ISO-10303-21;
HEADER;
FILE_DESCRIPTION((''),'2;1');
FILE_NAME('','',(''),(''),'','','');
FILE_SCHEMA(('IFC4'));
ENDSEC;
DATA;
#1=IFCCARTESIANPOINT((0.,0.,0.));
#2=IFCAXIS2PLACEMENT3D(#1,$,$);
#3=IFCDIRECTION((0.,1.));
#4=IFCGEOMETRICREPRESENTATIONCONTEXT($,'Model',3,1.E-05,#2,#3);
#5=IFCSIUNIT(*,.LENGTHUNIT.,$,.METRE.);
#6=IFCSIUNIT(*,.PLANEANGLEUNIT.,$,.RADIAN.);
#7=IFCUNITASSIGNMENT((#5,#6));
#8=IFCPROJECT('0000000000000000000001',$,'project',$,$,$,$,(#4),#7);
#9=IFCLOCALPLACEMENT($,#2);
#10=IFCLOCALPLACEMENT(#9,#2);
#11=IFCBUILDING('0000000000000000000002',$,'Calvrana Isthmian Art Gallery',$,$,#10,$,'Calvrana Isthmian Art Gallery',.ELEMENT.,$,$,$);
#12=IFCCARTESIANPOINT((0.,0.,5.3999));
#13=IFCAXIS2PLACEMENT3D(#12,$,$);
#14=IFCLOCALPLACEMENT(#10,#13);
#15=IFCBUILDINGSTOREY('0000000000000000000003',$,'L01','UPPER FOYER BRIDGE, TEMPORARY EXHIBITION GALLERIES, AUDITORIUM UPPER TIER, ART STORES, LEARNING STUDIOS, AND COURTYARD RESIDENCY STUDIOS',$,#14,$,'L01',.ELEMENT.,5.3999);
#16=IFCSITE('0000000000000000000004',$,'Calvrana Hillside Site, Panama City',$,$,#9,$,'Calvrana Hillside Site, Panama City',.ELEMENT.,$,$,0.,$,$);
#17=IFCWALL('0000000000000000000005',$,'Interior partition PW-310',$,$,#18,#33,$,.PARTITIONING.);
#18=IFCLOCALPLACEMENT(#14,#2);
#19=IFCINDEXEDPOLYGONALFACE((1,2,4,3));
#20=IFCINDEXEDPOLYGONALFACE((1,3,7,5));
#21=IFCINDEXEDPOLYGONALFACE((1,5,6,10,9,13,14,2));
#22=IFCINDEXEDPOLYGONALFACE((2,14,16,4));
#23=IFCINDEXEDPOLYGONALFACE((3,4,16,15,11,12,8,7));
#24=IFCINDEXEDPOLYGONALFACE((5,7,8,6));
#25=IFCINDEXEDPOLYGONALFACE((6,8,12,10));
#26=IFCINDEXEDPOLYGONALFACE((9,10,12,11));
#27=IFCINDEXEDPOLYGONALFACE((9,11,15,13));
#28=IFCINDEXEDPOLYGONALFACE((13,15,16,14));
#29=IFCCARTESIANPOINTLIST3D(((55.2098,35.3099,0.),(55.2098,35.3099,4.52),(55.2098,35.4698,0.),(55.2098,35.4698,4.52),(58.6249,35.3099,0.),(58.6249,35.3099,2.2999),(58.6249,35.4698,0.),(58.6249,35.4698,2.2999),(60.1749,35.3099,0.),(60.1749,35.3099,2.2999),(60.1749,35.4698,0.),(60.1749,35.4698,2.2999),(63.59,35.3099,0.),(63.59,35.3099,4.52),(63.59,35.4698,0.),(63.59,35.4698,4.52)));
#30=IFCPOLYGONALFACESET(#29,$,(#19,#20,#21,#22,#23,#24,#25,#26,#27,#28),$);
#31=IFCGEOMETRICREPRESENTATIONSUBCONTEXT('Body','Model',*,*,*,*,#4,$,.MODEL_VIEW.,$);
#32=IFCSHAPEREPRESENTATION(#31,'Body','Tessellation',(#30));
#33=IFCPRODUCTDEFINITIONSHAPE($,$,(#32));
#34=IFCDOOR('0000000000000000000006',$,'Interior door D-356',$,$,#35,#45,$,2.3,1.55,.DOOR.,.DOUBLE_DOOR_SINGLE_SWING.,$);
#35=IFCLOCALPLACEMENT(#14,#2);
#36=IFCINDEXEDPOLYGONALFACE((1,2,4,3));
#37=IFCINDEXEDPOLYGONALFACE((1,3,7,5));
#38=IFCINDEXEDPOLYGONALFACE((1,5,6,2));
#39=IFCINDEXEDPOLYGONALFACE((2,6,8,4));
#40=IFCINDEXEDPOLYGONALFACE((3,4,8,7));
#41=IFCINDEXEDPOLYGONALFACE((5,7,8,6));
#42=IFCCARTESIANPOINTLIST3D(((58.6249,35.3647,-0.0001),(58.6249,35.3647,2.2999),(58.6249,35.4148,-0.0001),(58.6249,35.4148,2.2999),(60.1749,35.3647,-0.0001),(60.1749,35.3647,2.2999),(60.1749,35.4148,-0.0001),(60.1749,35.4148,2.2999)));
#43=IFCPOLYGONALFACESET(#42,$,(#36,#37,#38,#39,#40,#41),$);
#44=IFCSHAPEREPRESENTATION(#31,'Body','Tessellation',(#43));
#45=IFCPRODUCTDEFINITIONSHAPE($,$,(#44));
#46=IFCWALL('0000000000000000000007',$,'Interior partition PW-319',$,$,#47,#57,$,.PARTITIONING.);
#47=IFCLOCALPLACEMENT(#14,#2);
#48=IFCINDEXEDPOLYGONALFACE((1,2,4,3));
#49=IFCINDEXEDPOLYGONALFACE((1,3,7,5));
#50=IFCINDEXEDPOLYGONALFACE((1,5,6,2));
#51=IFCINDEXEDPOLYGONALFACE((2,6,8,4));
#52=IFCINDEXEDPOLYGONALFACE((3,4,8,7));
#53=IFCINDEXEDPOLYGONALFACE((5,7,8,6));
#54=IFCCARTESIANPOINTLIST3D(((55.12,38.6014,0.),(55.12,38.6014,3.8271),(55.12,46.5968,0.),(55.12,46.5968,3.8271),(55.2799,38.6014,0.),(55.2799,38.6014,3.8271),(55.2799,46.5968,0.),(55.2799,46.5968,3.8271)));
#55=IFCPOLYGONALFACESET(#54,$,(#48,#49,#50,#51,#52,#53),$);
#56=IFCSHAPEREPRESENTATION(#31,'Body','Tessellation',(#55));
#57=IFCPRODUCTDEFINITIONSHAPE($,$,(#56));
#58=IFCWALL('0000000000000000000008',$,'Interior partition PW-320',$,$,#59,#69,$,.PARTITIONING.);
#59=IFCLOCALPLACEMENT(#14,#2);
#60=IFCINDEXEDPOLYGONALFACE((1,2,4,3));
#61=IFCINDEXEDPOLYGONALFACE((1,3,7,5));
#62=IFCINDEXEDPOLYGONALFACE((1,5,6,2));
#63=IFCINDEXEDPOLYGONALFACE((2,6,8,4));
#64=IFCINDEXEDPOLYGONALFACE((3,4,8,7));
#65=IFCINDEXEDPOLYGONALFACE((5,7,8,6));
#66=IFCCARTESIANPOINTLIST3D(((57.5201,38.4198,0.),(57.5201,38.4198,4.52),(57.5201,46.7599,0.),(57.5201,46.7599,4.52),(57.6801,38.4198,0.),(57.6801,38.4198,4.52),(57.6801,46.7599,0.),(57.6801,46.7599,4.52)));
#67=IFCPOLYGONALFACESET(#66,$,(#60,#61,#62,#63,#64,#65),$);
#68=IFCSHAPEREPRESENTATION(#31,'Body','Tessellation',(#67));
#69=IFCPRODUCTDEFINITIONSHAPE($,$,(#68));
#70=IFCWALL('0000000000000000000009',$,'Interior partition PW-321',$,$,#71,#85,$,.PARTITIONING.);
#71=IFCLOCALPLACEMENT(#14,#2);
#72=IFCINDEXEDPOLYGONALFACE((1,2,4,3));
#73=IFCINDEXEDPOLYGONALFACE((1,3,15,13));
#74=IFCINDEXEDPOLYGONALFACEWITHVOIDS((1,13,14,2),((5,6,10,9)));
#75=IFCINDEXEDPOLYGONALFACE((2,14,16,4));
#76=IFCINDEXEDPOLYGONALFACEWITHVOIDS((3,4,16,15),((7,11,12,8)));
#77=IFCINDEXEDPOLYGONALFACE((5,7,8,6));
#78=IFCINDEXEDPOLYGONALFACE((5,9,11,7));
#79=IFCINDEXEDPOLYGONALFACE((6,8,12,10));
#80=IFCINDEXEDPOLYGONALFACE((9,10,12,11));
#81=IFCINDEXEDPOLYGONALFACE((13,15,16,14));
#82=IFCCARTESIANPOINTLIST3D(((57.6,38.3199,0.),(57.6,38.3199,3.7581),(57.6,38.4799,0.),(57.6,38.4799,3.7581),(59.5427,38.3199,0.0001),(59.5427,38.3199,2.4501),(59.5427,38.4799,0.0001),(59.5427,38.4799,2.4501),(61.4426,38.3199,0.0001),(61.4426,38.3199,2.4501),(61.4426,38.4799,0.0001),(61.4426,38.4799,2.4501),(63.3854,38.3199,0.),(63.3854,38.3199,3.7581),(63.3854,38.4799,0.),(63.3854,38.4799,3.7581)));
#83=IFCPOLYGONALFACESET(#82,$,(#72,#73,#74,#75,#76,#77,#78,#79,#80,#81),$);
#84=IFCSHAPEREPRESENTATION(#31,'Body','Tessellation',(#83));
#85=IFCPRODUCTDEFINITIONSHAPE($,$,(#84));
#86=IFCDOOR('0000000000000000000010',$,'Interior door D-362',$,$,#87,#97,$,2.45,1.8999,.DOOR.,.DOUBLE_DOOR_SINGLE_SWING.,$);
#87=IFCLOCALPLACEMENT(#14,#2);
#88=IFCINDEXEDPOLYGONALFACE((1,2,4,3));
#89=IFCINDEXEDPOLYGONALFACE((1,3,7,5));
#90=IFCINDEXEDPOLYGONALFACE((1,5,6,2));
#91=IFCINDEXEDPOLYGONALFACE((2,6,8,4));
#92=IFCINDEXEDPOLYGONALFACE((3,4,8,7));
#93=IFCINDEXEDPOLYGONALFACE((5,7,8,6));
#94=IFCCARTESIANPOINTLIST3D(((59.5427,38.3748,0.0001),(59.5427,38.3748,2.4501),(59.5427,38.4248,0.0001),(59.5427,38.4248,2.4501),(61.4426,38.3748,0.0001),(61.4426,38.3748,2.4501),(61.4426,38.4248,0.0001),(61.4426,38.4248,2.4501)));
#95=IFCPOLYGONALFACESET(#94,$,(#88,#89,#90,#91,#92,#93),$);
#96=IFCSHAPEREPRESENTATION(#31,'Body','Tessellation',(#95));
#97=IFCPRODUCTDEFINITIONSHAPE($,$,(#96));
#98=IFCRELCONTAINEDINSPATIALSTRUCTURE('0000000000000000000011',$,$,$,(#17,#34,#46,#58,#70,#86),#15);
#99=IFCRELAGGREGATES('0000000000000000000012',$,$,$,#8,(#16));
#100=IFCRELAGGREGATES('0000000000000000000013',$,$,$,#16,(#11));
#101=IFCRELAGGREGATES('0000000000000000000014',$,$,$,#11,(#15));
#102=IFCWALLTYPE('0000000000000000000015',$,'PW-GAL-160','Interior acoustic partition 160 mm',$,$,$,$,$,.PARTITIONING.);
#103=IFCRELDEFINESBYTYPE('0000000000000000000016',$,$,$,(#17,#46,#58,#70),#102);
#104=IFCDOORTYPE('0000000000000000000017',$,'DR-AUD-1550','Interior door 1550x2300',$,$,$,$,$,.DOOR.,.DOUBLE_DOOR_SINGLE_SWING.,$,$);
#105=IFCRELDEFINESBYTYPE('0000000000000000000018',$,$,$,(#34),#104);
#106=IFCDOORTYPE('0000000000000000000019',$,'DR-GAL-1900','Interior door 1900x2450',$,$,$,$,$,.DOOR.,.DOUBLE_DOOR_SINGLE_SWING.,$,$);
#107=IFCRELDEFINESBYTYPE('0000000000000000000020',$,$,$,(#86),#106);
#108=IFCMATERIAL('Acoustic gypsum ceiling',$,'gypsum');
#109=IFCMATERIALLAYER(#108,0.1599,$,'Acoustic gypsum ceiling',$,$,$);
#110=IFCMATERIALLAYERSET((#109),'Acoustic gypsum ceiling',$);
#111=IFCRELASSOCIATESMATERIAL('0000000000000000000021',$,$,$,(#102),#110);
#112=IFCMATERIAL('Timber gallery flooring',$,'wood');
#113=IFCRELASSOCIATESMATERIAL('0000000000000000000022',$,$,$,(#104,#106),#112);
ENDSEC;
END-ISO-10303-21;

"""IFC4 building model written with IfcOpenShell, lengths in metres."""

from ifc_helpers import new_model, si_unit, direction, frame, frame_2d, origin, place, context, subcontext, project, spatial, rectangle, extrude, material, layer, layer_set, type_object, element, fill, save


model = new_model("IFC4")

# Units and contexts
model_context = context("Model", 3, precision=1e-05, world=origin(), true_north=direction((0.0, 1.0)))
body_context = subcontext(model_context, "Body", "Model", "MODEL_VIEW")
ifc_project = project(units=[si_unit("LENGTHUNIT", "METRE"), si_unit("PLANEANGLEUNIT", "RADIAN")], contexts=[model_context])

# Site, building, storey
site_placement = place(None, origin())
site = spatial("IfcSite", under=ifc_project, at=site_placement, Name="Calvrana Hillside Site, Panama City", LongName="Calvrana Hillside Site, Panama City", CompositionType="ELEMENT", RefElevation=0.0)
building_placement = place(site_placement, origin())
building = spatial("IfcBuilding", under=site, at=building_placement, Name="Calvrana Isthmian Art Gallery", LongName="Calvrana Isthmian Art Gallery", CompositionType="ELEMENT")
storey_placement = place(building_placement, frame((0.0, 0.0, 5.3999)))
storey = spatial("IfcBuildingStorey", under=building, at=storey_placement, Name="L01", Description="UPPER FOYER BRIDGE, TEMPORARY EXHIBITION GALLERIES, AUDITORIUM UPPER TIER, ART STORES, LEARNING STUDIOS, AND COURTYARD RESIDENCY STUDIOS", LongName="L01", CompositionType="ELEMENT", Elevation=5.3999)

# Shared definitions
ifc_material_1 = material(Name="Acoustic gypsum ceiling", Category="gypsum")
ifc_layer_1 = layer(ifc_material_1, 0.1599, Name="Acoustic gypsum ceiling")
ifc_layer_set_1 = layer_set([ifc_layer_1], Name="Acoustic gypsum ceiling")
wall_type_1 = type_object("IfcWallType", Name="PW-GAL-160", Description="Interior acoustic partition 160 mm", PredefinedType="PARTITIONING", material=ifc_layer_set_1)

# Wall, opening, door
wall_1_placement = place(storey_placement, frame((55.21, 35.3899, 0.0), z_axis=(0.0, 0.0, 1.0), x_axis=(1.0, 0.0, 0.0)))
wall_1 = element("IfcWall", 1, at=wall_1_placement, inside=storey, type_object=wall_type_1, Name="Interior partition PW-310", PredefinedType="PARTITIONING", context=body_context, shape_type="SweptSolid", body=[
    extrude(rectangle(XDim=8.3801, YDim=0.1599, at=frame_2d((4.1899, 0.0))), origin(), (0.0, 0.0, 1.0), 4.52),
])
opening_1_placement = place(wall_1_placement, frame((3.415, 0.0, 0.0)))
opening_1 = element("IfcOpeningElement", 2, at=opening_1_placement, cuts=wall_1, PredefinedType="OPENING", context=body_context, shape_type="SweptSolid", body=[
    extrude(rectangle(XDim=1.55, YDim=2.3, at=frame_2d((0.7749, 1.1499))), frame((0.0, 0.0903, 0.0), z_axis=(0.0, -1.0, 0.0), x_axis=(1.0, 0.0, 0.0)), (0.0, 0.0, 1.0), 0.1804),
])
ifc_material_2 = material(Name="Timber gallery flooring", Category="wood")
door_type_1 = type_object("IfcDoorType", Name="DR-AUD-1550", Description="Interior door 1550x2300", OperationType="DOUBLE_DOOR_SINGLE_SWING", PredefinedType="DOOR", material=ifc_material_2)
door_1_placement = place(opening_1_placement, origin())
door_1 = element("IfcDoor", 3, at=door_1_placement, inside=storey, type_object=door_type_1, Name="Interior door D-356", OperationType="DOUBLE_DOOR_SINGLE_SWING", OverallHeight=2.3, OverallWidth=1.55, PredefinedType="DOOR", context=body_context, shape_type="SweptSolid", body=[
    extrude(rectangle(XDim=1.55, YDim=2.3, at=frame_2d((0.7749, 1.1499))), frame((0.0, 0.0249, 0.0), z_axis=(0.0, -1.0, 0.0), x_axis=(1.0, 0.0, 0.0)), (0.0, 0.0, 1.0), 0.05),
])
fill(opening_1, door_1)

# Walls
wall_2_placement = place(storey_placement, frame((55.2, 38.6016, 0.0), z_axis=(0.0, 0.0, 1.0), x_axis=(0.0, 1.0, 0.0)))
element("IfcWall", 4, at=wall_2_placement, inside=storey, type_object=wall_type_1, Name="Interior partition PW-319", PredefinedType="PARTITIONING", context=body_context, shape_type="SweptSolid", body=[
    extrude(rectangle(XDim=7.9954, YDim=0.1599, at=frame_2d((3.9976, 0.0))), origin(), (0.0, 0.0, 1.0), 3.8271),
])
wall_3_placement = place(storey_placement, frame((57.6001, 38.4199, 0.0), z_axis=(0.0, 0.0, 1.0), x_axis=(0.0, 1.0, 0.0)))
element("IfcWall", 5, at=wall_3_placement, inside=storey, type_object=wall_type_1, Name="Interior partition PW-320", PredefinedType="PARTITIONING", context=body_context, shape_type="SweptSolid", body=[
    extrude(rectangle(XDim=8.3401, YDim=0.1599, at=frame_2d((4.1699, 0.0))), origin(), (0.0, 0.0, 1.0), 4.52),
])

# Wall, opening, door
wall_4_placement = place(storey_placement, frame((57.6001, 38.3999, 0.0), z_axis=(0.0, 0.0, 1.0), x_axis=(1.0, 0.0, 0.0)))
wall_4 = element("IfcWall", 6, at=wall_4_placement, inside=storey, type_object=wall_type_1, Name="Interior partition PW-321", PredefinedType="PARTITIONING", context=body_context, shape_type="SweptSolid", body=[
    extrude(rectangle(XDim=5.7854, YDim=0.1599, at=frame_2d((2.8926, 0.0))), origin(), (0.0, 0.0, 1.0), 3.7581),
])
opening_2_placement = place(wall_4_placement, frame((1.9426, 0.0, 0.0)))
opening_2 = element("IfcOpeningElement", 7, at=opening_2_placement, cuts=wall_4, PredefinedType="OPENING", context=body_context, shape_type="SweptSolid", body=[
    extrude(rectangle(XDim=1.8999, YDim=2.45, at=frame_2d((0.95, 1.2251))), frame((0.0, 0.0903, 0.0), z_axis=(0.0, -1.0, 0.0), x_axis=(1.0, 0.0, 0.0)), (0.0, 0.0, 1.0), 0.1804),
])
door_type_2 = type_object("IfcDoorType", Name="DR-GAL-1900", Description="Interior door 1900x2450", OperationType="DOUBLE_DOOR_SINGLE_SWING", PredefinedType="DOOR", material=ifc_material_2)
door_2_placement = place(opening_2_placement, origin())
door_2 = element("IfcDoor", 8, at=door_2_placement, inside=storey, type_object=door_type_2, Name="Interior door D-362", OperationType="DOUBLE_DOOR_SINGLE_SWING", OverallHeight=2.45, OverallWidth=1.8999, PredefinedType="DOOR", context=body_context, shape_type="SweptSolid", body=[
    extrude(rectangle(XDim=1.8999, YDim=2.45, at=frame_2d((0.95, 1.2251))), frame((0.0, 0.0249, 0.0), z_axis=(0.0, -1.0, 0.0), x_axis=(1.0, 0.0, 0.0)), (0.0, 0.0, 1.0), 0.05),
])
fill(opening_2, door_2)

save(model, "model.ifc")
